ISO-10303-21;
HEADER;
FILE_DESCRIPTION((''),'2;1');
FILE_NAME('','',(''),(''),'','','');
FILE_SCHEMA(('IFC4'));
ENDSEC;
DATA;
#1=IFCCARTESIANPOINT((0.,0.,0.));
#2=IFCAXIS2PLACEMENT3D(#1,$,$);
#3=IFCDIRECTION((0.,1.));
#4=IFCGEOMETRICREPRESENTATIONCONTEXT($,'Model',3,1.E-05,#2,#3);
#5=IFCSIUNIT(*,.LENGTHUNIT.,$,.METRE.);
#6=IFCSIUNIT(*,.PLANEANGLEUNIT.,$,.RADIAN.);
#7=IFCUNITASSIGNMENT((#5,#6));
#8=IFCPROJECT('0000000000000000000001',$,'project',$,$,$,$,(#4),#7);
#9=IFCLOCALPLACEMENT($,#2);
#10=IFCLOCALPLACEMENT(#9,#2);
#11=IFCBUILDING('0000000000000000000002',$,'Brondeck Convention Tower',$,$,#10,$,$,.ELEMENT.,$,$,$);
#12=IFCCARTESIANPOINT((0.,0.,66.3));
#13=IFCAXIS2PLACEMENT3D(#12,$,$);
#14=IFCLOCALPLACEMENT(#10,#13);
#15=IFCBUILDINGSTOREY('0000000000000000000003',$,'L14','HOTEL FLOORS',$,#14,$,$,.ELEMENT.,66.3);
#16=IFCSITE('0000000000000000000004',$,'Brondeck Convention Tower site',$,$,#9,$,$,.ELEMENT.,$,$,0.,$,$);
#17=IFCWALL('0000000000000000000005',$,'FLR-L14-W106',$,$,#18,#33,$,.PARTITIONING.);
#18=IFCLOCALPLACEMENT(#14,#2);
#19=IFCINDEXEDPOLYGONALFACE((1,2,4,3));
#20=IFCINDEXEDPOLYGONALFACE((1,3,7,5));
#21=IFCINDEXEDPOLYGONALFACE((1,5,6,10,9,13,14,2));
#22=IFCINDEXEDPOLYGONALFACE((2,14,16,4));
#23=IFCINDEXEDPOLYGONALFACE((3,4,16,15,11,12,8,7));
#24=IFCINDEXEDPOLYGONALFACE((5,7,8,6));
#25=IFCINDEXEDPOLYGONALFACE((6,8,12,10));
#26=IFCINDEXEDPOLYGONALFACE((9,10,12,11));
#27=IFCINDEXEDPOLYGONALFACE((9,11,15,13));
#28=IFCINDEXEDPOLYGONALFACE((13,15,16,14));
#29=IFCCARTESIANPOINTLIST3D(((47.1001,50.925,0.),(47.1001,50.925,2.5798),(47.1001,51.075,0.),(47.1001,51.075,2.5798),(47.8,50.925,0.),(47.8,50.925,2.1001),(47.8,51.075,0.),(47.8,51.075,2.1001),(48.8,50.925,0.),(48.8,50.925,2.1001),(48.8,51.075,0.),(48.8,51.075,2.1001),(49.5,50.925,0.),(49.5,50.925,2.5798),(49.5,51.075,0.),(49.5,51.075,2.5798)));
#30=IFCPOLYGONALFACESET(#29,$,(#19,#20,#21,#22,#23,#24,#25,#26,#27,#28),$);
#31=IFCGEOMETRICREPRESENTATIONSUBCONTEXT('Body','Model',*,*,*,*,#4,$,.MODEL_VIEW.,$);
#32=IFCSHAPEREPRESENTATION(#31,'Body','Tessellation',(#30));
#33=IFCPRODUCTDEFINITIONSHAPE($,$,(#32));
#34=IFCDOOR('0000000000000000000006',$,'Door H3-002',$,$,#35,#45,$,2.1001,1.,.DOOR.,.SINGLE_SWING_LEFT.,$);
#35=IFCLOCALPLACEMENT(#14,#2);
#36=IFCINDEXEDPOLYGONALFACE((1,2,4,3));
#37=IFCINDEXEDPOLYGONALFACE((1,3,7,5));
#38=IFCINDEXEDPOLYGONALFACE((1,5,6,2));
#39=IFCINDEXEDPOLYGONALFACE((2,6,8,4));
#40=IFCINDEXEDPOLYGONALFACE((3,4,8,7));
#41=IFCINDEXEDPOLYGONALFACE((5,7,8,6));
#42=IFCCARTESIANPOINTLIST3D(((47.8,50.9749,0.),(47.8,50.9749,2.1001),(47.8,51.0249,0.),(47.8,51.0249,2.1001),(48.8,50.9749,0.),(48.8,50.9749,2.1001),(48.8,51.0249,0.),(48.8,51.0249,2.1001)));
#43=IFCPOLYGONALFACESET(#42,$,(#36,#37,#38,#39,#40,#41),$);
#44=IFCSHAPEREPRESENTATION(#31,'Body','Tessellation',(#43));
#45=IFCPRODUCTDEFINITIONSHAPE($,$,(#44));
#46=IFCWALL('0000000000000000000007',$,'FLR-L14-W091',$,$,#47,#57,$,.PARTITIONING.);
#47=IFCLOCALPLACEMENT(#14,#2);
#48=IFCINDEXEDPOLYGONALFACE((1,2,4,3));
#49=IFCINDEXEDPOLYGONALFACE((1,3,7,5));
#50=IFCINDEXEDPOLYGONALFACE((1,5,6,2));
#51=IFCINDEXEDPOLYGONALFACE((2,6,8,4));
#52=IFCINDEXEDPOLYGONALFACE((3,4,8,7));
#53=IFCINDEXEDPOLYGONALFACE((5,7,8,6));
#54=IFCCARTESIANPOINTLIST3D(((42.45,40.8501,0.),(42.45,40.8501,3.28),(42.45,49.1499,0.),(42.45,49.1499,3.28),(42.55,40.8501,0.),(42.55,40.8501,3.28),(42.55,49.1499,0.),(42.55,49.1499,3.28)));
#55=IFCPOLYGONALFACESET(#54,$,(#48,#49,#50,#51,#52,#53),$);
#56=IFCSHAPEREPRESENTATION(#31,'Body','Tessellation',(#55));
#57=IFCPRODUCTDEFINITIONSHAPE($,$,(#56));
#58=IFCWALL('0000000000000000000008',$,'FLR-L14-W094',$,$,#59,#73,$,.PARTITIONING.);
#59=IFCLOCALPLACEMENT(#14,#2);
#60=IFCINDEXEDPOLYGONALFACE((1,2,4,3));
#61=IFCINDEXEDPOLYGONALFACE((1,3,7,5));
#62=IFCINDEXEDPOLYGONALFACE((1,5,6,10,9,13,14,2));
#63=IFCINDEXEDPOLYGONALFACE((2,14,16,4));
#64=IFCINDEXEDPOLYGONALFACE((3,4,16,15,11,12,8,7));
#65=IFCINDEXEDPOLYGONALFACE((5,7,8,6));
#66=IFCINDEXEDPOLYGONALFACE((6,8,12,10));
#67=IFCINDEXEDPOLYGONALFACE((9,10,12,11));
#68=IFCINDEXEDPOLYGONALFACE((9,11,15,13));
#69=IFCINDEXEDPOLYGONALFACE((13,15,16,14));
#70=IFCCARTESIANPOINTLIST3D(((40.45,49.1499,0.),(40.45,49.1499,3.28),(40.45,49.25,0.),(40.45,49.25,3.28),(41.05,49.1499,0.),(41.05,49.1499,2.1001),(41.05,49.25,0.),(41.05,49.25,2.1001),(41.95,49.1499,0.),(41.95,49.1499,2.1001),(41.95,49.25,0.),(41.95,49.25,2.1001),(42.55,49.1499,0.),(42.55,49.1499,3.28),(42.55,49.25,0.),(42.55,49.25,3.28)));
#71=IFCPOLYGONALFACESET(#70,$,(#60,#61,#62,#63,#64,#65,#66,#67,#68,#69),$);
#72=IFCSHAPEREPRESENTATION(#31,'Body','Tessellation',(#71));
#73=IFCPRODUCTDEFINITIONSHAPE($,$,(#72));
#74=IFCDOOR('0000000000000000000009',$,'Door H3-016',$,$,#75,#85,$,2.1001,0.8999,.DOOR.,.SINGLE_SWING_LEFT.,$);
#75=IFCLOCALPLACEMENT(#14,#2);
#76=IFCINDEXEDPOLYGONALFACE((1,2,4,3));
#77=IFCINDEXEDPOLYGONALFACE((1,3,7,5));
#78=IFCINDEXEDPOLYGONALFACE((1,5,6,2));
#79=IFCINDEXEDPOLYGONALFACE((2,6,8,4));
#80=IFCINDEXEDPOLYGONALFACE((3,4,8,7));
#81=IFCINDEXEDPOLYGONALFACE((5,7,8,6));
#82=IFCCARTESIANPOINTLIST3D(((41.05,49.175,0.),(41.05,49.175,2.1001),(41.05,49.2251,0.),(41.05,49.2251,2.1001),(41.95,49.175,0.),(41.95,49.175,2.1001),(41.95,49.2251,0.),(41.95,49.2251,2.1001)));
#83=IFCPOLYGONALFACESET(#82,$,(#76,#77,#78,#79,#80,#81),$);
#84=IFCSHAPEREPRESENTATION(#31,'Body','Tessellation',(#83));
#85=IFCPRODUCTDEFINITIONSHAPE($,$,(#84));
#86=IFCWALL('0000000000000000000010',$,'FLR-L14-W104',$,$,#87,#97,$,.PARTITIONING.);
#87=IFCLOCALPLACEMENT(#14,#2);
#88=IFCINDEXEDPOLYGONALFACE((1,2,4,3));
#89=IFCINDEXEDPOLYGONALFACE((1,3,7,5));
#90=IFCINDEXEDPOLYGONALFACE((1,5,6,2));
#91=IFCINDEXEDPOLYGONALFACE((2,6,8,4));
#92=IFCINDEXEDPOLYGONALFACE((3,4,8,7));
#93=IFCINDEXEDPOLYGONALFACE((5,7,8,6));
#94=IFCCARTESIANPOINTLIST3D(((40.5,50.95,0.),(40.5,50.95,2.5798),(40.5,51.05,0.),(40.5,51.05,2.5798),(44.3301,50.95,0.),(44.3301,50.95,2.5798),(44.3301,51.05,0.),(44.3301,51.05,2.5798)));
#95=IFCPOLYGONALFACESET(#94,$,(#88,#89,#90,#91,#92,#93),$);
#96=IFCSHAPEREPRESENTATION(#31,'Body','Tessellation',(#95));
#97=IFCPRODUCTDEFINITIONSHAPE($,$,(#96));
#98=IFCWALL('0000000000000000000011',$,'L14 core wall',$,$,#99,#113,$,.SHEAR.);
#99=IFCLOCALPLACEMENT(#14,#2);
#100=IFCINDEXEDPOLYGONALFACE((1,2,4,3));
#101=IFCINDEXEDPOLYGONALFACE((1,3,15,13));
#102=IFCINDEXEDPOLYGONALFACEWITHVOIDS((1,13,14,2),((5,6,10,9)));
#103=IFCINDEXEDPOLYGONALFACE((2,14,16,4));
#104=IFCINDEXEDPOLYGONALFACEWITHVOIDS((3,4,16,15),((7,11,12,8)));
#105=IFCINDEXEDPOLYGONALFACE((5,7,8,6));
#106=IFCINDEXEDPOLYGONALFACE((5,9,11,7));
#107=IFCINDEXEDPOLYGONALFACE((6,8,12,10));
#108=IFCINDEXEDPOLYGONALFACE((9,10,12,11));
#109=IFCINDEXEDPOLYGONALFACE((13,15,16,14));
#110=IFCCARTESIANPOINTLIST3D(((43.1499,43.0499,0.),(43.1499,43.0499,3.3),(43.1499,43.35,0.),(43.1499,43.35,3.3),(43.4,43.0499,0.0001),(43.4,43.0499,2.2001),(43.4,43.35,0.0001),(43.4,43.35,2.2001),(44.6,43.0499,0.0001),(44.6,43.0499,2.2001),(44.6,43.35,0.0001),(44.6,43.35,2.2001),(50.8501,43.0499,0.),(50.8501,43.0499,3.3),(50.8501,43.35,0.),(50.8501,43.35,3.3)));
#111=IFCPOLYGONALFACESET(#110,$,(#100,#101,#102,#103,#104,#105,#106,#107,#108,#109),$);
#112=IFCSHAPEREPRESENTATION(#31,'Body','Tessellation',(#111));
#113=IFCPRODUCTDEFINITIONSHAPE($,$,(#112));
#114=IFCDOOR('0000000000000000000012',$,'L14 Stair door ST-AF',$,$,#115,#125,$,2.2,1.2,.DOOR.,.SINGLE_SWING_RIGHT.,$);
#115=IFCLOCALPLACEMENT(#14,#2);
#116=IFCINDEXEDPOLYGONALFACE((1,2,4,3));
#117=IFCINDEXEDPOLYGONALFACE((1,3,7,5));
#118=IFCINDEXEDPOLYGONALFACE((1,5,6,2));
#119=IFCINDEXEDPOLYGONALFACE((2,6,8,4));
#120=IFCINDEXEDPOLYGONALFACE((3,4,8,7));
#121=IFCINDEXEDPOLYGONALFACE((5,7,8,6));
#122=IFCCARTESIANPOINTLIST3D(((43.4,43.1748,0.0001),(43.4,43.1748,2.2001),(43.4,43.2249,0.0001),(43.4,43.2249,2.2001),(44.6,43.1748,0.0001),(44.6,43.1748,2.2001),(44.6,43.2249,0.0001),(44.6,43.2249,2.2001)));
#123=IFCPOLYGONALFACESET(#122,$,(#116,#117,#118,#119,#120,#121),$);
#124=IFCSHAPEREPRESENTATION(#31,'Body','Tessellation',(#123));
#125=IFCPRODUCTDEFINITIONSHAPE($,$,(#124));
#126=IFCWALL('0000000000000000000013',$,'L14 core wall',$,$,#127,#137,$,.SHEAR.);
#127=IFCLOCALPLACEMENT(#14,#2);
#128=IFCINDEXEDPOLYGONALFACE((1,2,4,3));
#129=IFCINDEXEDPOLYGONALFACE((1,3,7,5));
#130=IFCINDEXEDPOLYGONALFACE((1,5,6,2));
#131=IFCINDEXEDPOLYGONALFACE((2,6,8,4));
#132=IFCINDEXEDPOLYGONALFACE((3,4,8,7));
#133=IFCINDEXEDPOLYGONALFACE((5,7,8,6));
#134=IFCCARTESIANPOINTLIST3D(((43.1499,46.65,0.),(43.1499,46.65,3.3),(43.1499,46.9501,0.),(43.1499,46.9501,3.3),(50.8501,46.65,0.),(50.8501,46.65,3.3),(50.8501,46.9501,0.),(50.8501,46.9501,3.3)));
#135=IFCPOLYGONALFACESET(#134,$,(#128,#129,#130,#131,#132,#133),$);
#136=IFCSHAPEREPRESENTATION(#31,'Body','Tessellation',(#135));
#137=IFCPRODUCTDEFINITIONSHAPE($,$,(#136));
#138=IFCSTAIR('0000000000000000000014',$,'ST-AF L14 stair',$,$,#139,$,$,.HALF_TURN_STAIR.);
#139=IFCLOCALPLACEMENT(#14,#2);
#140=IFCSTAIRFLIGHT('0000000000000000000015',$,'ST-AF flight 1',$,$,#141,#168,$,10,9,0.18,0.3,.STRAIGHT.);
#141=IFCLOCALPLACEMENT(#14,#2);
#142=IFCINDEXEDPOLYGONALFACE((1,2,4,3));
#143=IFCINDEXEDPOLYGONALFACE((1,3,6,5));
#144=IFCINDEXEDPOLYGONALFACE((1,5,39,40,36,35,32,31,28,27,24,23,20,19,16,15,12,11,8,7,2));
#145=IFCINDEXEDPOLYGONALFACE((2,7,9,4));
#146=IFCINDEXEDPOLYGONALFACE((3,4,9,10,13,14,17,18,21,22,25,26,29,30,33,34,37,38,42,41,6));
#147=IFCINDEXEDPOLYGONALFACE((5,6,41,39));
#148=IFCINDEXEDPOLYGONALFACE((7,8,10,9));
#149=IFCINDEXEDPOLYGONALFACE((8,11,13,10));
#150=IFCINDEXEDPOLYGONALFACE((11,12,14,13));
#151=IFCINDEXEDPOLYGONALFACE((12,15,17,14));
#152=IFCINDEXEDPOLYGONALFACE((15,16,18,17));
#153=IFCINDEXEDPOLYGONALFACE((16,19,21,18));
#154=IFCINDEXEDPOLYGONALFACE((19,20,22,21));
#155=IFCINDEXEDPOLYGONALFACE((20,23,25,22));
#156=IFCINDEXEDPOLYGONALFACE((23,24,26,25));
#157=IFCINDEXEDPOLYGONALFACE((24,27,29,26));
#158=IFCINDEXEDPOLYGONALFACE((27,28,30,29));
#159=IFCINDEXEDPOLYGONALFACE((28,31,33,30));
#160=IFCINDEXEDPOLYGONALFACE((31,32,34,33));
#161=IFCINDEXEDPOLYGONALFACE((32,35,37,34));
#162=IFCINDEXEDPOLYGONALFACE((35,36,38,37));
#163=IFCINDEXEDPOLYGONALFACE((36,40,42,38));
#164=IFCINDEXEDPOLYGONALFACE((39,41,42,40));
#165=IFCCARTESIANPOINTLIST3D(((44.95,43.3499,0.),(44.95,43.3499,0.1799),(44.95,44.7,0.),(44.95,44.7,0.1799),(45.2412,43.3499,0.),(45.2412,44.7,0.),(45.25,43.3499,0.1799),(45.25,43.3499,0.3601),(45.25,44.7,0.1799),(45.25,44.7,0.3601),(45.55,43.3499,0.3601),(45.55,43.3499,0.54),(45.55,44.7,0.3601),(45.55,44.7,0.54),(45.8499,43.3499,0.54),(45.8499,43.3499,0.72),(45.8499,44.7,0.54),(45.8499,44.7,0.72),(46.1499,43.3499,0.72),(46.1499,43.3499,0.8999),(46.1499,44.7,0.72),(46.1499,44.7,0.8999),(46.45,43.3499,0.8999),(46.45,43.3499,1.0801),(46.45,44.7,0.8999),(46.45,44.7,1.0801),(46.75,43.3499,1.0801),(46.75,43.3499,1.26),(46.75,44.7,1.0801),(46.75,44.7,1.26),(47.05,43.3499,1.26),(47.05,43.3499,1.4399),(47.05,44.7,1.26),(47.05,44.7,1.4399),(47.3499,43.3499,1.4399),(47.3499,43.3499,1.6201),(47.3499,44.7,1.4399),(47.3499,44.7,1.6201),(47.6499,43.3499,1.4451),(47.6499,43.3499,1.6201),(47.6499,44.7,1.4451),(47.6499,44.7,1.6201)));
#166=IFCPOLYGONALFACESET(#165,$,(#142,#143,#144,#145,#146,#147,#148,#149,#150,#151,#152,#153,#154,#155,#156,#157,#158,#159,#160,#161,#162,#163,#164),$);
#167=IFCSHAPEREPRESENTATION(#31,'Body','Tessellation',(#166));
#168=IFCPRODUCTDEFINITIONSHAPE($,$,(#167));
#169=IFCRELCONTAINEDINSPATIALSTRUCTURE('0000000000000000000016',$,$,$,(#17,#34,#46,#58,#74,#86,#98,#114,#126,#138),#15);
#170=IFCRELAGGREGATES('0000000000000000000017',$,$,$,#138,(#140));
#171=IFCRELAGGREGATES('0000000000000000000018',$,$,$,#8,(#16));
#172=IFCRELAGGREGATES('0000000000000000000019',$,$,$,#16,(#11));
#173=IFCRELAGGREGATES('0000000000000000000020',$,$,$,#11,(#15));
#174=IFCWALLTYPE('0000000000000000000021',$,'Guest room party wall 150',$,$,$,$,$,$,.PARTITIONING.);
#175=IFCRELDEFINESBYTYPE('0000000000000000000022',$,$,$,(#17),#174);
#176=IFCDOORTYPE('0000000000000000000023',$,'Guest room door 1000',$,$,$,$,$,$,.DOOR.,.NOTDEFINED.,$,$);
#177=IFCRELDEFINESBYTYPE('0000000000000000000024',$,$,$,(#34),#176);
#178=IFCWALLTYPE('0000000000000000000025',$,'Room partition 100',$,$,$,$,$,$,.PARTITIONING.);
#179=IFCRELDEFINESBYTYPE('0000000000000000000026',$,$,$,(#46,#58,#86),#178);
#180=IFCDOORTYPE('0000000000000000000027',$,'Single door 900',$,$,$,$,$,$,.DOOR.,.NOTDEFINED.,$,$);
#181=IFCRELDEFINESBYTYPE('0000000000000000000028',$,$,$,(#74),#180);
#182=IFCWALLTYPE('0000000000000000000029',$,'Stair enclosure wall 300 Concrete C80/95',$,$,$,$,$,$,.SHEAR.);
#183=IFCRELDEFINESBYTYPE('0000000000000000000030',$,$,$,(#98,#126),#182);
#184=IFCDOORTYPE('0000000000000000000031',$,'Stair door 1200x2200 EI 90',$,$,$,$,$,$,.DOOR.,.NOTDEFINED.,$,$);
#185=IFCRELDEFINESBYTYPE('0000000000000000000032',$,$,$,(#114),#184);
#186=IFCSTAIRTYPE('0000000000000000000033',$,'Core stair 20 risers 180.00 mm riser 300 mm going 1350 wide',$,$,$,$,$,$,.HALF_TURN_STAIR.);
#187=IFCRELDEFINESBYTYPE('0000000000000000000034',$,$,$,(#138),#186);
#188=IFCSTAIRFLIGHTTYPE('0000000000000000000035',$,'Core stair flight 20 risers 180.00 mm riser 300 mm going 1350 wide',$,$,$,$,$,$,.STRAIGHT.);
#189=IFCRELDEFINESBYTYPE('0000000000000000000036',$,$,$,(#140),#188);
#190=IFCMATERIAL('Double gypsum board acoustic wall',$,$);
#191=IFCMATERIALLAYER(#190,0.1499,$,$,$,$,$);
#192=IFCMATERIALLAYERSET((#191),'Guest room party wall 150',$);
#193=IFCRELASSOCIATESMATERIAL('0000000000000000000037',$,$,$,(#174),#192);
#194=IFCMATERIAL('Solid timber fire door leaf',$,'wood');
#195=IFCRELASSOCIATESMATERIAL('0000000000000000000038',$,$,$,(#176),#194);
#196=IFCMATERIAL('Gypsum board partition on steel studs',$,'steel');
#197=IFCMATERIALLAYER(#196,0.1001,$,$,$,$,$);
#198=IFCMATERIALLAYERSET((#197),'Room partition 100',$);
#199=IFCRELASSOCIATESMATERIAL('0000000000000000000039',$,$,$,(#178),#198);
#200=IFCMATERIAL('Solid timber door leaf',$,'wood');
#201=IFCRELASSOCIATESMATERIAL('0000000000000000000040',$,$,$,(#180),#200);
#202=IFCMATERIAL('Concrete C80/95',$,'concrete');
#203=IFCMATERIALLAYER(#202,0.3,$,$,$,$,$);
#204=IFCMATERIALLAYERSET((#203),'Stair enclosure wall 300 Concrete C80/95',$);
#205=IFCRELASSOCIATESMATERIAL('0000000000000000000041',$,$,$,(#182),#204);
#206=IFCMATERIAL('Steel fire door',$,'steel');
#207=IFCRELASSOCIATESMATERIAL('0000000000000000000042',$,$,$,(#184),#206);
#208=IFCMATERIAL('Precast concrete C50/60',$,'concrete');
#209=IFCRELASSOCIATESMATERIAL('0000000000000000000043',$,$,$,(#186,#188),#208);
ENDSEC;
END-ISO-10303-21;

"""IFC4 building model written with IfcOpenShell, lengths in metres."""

from ifc_helpers import new_model, si_unit, direction, frame, frame_2d, origin, place, context, subcontext, project, spatial, polyline, rectangle, outline, extrude, material, layer, layer_set, type_object, element, fill, aggregate, save


model = new_model("IFC4")

# Units and contexts
model_context = context("Model", 3, precision=1e-05, world=origin(), true_north=direction((0.0, 1.0)))
body_context = subcontext(model_context, "Body", "Model", "MODEL_VIEW")
ifc_project = project(units=[si_unit("LENGTHUNIT", "METRE"), si_unit("PLANEANGLEUNIT", "RADIAN")], contexts=[model_context])

# Site, building, storey
site_placement = place(None, origin())
site = spatial("IfcSite", under=ifc_project, at=site_placement, Name="Brondeck Convention Tower site", CompositionType="ELEMENT", RefElevation=0.0)
building_placement = place(site_placement, origin())
building = spatial("IfcBuilding", under=site, at=building_placement, Name="Brondeck Convention Tower", CompositionType="ELEMENT")
storey_placement = place(building_placement, frame((0.0, 0.0, 66.3)))
storey = spatial("IfcBuildingStorey", under=building, at=storey_placement, Name="L14", Description="HOTEL FLOORS", CompositionType="ELEMENT", Elevation=66.3)

# Shared definitions
ifc_material_1 = material(Name="Concrete C80/95", Category="concrete")

# Shared definitions
ifc_material_2 = material(Name="Double gypsum board acoustic wall")
ifc_layer_1 = layer(ifc_material_2, 0.1499)
ifc_layer_set_1 = layer_set([ifc_layer_1], Name="Guest room party wall 150")
wall_type_1 = type_object("IfcWallType", Name="Guest room party wall 150", PredefinedType="PARTITIONING", material=ifc_layer_set_1)

# Wall, opening, door
wall_1_placement = place(storey_placement, frame((47.1001, 51.0, 0.0), z_axis=(0.0, 0.0, 1.0), x_axis=(1.0, 0.0, 0.0)))
wall_1 = element("IfcWall", 1, at=wall_1_placement, inside=storey, type_object=wall_type_1, Name="FLR-L14-W106", PredefinedType="PARTITIONING", context=body_context, shape_type="SweptSolid", body=[
    extrude(rectangle(XDim=2.3999, YDim=0.1499, at=frame_2d((1.2, 0.0))), origin(), (0.0, 0.0, 1.0), 2.5798),
])
opening_1_placement = place(wall_1_placement, frame((0.7, 0.0, 0.0)))
opening_1 = element("IfcOpeningElement", 2, at=opening_1_placement, cuts=wall_1, PredefinedType="OPENING", context=body_context, shape_type="SweptSolid", body=[
    extrude(rectangle(XDim=1.0, YDim=2.1001, at=frame_2d((0.5, 1.05))), frame((0.0, 0.085, 0.0), z_axis=(0.0, -1.0, 0.0), x_axis=(1.0, 0.0, 0.0)), (0.0, 0.0, 1.0), 0.1699),
])
ifc_material_3 = material(Name="Solid timber fire door leaf", Category="wood")
door_type_1 = type_object("IfcDoorType", Name="Guest room door 1000", OperationType="NOTDEFINED", PredefinedType="DOOR", material=ifc_material_3)
door_1_placement = place(opening_1_placement, origin())
door_1 = element("IfcDoor", 3, at=door_1_placement, inside=storey, type_object=door_type_1, Name="Door H3-002", OperationType="SINGLE_SWING_LEFT", OverallHeight=2.1001, OverallWidth=1.0, PredefinedType="DOOR", context=body_context, shape_type="SweptSolid", body=[
    extrude(rectangle(XDim=1.0, YDim=2.1001, at=frame_2d((0.5, 1.05))), frame((0.0, 0.0249, 0.0), z_axis=(0.0, -1.0, 0.0), x_axis=(1.0, 0.0, 0.0)), (0.0, 0.0, 1.0), 0.05),
])
fill(opening_1, door_1)

# Wall
ifc_material_4 = material(Name="Gypsum board partition on steel studs", Category="steel")
ifc_layer_2 = layer(ifc_material_4, 0.1001)
ifc_layer_set_2 = layer_set([ifc_layer_2], Name="Room partition 100")
wall_type_2 = type_object("IfcWallType", Name="Room partition 100", PredefinedType="PARTITIONING", material=ifc_layer_set_2)
wall_2_placement = place(storey_placement, frame((42.5, 49.1499, 0.0), z_axis=(0.0, 0.0, 1.0), x_axis=(0.0, -1.0, 0.0)))
element("IfcWall", 4, at=wall_2_placement, inside=storey, type_object=wall_type_2, Name="FLR-L14-W091", PredefinedType="PARTITIONING", context=body_context, shape_type="SweptSolid", body=[
    extrude(rectangle(XDim=8.2998, YDim=0.1001, at=frame_2d((4.1499, 0.0))), origin(), (0.0, 0.0, 1.0), 3.28),
])

# Wall, opening, door
wall_3_placement = place(storey_placement, frame((42.55, 49.2, 0.0), z_axis=(0.0, 0.0, 1.0), x_axis=(-1.0, 0.0, 0.0)))
wall_3 = element("IfcWall", 5, at=wall_3_placement, inside=storey, type_object=wall_type_2, Name="FLR-L14-W094", PredefinedType="PARTITIONING", context=body_context, shape_type="SweptSolid", body=[
    extrude(rectangle(XDim=2.1001, YDim=0.1001, at=frame_2d((1.05, 0.0))), origin(), (0.0, 0.0, 1.0), 3.28),
])
opening_2_placement = place(wall_3_placement, frame((0.6001, 0.0, 0.0)))
opening_2 = element("IfcOpeningElement", 6, at=opening_2_placement, cuts=wall_3, PredefinedType="OPENING", context=body_context, shape_type="SweptSolid", body=[
    extrude(rectangle(XDim=0.8999, YDim=2.1001, at=frame_2d((0.45, 1.05))), frame((0.0, 0.0601, 0.0), z_axis=(0.0, -1.0, 0.0), x_axis=(1.0, 0.0, 0.0)), (0.0, 0.0, 1.0), 0.1201),
])
ifc_material_5 = material(Name="Solid timber door leaf", Category="wood")
door_type_2 = type_object("IfcDoorType", Name="Single door 900", OperationType="NOTDEFINED", PredefinedType="DOOR", material=ifc_material_5)
door_2_placement = place(opening_2_placement, origin())
door_2 = element("IfcDoor", 7, at=door_2_placement, inside=storey, type_object=door_type_2, Name="Door H3-016", OperationType="SINGLE_SWING_LEFT", OverallHeight=2.1001, OverallWidth=0.8999, PredefinedType="DOOR", context=body_context, shape_type="SweptSolid", body=[
    extrude(rectangle(XDim=0.8999, YDim=2.1001, at=frame_2d((0.45, 1.05))), frame((0.0, 0.0249, 0.0), z_axis=(0.0, -1.0, 0.0), x_axis=(1.0, 0.0, 0.0)), (0.0, 0.0, 1.0), 0.05),
])
fill(opening_2, door_2)

# Wall
wall_4_placement = place(storey_placement, frame((44.3301, 51.0, 0.0), z_axis=(0.0, 0.0, 1.0), x_axis=(-1.0, 0.0, 0.0)))
element("IfcWall", 8, at=wall_4_placement, inside=storey, type_object=wall_type_2, Name="FLR-L14-W104", PredefinedType="PARTITIONING", context=body_context, shape_type="SweptSolid", body=[
    extrude(rectangle(XDim=3.8301, YDim=0.1001, at=frame_2d((1.915, 0.0))), origin(), (0.0, 0.0, 1.0), 2.5798),
])

# Wall, opening, door
ifc_layer_3 = layer(ifc_material_1, 0.3)
ifc_layer_set_3 = layer_set([ifc_layer_3], Name="Stair enclosure wall 300 Concrete C80/95")
wall_type_3 = type_object("IfcWallType", Name="Stair enclosure wall 300 Concrete C80/95", PredefinedType="SHEAR", material=ifc_layer_set_3)
wall_5_placement = place(storey_placement, frame((43.1499, 43.2, 0.0), z_axis=(0.0, 0.0, 1.0), x_axis=(1.0, 0.0, 0.0)))
wall_5 = element("IfcWall", 9, at=wall_5_placement, inside=storey, type_object=wall_type_3, Name="L14 core wall", PredefinedType="SHEAR", context=body_context, shape_type="SweptSolid", body=[
    extrude(rectangle(XDim=7.7002, YDim=0.3, at=frame_2d((3.8501, 0.0))), origin(), (0.0, 0.0, 1.0), 3.3),
])
opening_3_placement = place(wall_5_placement, frame((0.25, 0.0, 0.0)))
opening_3 = element("IfcOpeningElement", 10, at=opening_3_placement, cuts=wall_5, PredefinedType="OPENING", context=body_context, shape_type="SweptSolid", body=[
    extrude(rectangle(XDim=1.2, YDim=2.2, at=frame_2d((0.6001, 1.1001))), frame((0.0, 0.1599, 0.0), z_axis=(0.0, -1.0, 0.0), x_axis=(1.0, 0.0, 0.0)), (0.0, 0.0, 1.0), 0.3201),
])
ifc_material_6 = material(Name="Steel fire door", Category="steel")
door_type_3 = type_object("IfcDoorType", Name="Stair door 1200x2200 EI 90", OperationType="NOTDEFINED", PredefinedType="DOOR", material=ifc_material_6)
door_3_placement = place(opening_3_placement, origin())
door_3 = element("IfcDoor", 11, at=door_3_placement, inside=storey, type_object=door_type_3, Name="L14 Stair door ST-AF", OperationType="SINGLE_SWING_RIGHT", OverallHeight=2.2, OverallWidth=1.2, PredefinedType="DOOR", context=body_context, shape_type="SweptSolid", body=[
    extrude(rectangle(XDim=1.2, YDim=2.2, at=frame_2d((0.6001, 1.1001))), frame((0.0, 0.0249, 0.0), z_axis=(0.0, -1.0, 0.0), x_axis=(1.0, 0.0, 0.0)), (0.0, 0.0, 1.0), 0.05),
])
fill(opening_3, door_3)

# Wall
wall_6_placement = place(storey_placement, frame((43.1499, 46.8, 0.0), z_axis=(0.0, 0.0, 1.0), x_axis=(1.0, 0.0, 0.0)))
element("IfcWall", 12, at=wall_6_placement, inside=storey, type_object=wall_type_3, Name="L14 core wall", PredefinedType="SHEAR", context=body_context, shape_type="SweptSolid", body=[
    extrude(rectangle(XDim=7.7002, YDim=0.3, at=frame_2d((3.8501, 0.0))), origin(), (0.0, 0.0, 1.0), 3.3),
])

# Stair, stair flight
ifc_material_7 = material(Name="Precast concrete C50/60", Category="concrete")
stair_type = type_object("IfcStairType", Name="Core stair 20 risers 180.00 mm riser 300 mm going 1350 wide", PredefinedType="HALF_TURN_STAIR", material=ifc_material_7)
stair_placement = place(storey_placement, origin())
stair = element("IfcStair", 13, at=stair_placement, inside=storey, type_object=stair_type, Name="ST-AF L14 stair", PredefinedType="HALF_TURN_STAIR")
stair_flight_type = type_object("IfcStairFlightType", Name="Core stair flight 20 risers 180.00 mm riser 300 mm going 1350 wide", PredefinedType="STRAIGHT", material=ifc_material_7)
stair_flight_placement = place(storey_placement, frame((44.95, 44.0249, 0.0), z_axis=(0.0, 0.0, 1.0), x_axis=(1.0, 0.0, 0.0)))
stair_flight = element("IfcStairFlight", 14, at=stair_flight_placement, type_object=stair_flight_type, Name="ST-AF flight 1", NumberOfRisers=10, NumberOfTreads=9, PredefinedType="STRAIGHT", RiserHeight=0.18, TreadLength=0.3, context=body_context, shape_type="SweptSolid", body=[
    extrude(outline(polyline([(0.0, 0.0), (0.0, 0.1799), (0.3, 0.1799), (0.3, 0.3601), (0.6001, 0.3601), (0.6001, 0.54), (0.8999, 0.54), (0.8999, 0.72), (1.2, 0.72), (1.2, 0.8999), (1.5, 0.8999), (1.5, 1.0801), (1.8, 1.0801), (1.8, 1.26), (2.1001, 1.26), (2.1001, 1.4399), (2.3999, 1.4399), (2.3999, 1.6201), (2.7, 1.6201), (2.7, 1.8), (2.7, 1.4451), (0.2913, 0.0), (0.0, 0.0)])), frame((0.0, 0.675, 0.0), z_axis=(0.0, -1.0, 0.0), x_axis=(1.0, 0.0, 0.0)), (0.0, 0.0, 1.0), 1.3501),
])
aggregate(stair, [stair_flight])

save(model, "model.ifc")
